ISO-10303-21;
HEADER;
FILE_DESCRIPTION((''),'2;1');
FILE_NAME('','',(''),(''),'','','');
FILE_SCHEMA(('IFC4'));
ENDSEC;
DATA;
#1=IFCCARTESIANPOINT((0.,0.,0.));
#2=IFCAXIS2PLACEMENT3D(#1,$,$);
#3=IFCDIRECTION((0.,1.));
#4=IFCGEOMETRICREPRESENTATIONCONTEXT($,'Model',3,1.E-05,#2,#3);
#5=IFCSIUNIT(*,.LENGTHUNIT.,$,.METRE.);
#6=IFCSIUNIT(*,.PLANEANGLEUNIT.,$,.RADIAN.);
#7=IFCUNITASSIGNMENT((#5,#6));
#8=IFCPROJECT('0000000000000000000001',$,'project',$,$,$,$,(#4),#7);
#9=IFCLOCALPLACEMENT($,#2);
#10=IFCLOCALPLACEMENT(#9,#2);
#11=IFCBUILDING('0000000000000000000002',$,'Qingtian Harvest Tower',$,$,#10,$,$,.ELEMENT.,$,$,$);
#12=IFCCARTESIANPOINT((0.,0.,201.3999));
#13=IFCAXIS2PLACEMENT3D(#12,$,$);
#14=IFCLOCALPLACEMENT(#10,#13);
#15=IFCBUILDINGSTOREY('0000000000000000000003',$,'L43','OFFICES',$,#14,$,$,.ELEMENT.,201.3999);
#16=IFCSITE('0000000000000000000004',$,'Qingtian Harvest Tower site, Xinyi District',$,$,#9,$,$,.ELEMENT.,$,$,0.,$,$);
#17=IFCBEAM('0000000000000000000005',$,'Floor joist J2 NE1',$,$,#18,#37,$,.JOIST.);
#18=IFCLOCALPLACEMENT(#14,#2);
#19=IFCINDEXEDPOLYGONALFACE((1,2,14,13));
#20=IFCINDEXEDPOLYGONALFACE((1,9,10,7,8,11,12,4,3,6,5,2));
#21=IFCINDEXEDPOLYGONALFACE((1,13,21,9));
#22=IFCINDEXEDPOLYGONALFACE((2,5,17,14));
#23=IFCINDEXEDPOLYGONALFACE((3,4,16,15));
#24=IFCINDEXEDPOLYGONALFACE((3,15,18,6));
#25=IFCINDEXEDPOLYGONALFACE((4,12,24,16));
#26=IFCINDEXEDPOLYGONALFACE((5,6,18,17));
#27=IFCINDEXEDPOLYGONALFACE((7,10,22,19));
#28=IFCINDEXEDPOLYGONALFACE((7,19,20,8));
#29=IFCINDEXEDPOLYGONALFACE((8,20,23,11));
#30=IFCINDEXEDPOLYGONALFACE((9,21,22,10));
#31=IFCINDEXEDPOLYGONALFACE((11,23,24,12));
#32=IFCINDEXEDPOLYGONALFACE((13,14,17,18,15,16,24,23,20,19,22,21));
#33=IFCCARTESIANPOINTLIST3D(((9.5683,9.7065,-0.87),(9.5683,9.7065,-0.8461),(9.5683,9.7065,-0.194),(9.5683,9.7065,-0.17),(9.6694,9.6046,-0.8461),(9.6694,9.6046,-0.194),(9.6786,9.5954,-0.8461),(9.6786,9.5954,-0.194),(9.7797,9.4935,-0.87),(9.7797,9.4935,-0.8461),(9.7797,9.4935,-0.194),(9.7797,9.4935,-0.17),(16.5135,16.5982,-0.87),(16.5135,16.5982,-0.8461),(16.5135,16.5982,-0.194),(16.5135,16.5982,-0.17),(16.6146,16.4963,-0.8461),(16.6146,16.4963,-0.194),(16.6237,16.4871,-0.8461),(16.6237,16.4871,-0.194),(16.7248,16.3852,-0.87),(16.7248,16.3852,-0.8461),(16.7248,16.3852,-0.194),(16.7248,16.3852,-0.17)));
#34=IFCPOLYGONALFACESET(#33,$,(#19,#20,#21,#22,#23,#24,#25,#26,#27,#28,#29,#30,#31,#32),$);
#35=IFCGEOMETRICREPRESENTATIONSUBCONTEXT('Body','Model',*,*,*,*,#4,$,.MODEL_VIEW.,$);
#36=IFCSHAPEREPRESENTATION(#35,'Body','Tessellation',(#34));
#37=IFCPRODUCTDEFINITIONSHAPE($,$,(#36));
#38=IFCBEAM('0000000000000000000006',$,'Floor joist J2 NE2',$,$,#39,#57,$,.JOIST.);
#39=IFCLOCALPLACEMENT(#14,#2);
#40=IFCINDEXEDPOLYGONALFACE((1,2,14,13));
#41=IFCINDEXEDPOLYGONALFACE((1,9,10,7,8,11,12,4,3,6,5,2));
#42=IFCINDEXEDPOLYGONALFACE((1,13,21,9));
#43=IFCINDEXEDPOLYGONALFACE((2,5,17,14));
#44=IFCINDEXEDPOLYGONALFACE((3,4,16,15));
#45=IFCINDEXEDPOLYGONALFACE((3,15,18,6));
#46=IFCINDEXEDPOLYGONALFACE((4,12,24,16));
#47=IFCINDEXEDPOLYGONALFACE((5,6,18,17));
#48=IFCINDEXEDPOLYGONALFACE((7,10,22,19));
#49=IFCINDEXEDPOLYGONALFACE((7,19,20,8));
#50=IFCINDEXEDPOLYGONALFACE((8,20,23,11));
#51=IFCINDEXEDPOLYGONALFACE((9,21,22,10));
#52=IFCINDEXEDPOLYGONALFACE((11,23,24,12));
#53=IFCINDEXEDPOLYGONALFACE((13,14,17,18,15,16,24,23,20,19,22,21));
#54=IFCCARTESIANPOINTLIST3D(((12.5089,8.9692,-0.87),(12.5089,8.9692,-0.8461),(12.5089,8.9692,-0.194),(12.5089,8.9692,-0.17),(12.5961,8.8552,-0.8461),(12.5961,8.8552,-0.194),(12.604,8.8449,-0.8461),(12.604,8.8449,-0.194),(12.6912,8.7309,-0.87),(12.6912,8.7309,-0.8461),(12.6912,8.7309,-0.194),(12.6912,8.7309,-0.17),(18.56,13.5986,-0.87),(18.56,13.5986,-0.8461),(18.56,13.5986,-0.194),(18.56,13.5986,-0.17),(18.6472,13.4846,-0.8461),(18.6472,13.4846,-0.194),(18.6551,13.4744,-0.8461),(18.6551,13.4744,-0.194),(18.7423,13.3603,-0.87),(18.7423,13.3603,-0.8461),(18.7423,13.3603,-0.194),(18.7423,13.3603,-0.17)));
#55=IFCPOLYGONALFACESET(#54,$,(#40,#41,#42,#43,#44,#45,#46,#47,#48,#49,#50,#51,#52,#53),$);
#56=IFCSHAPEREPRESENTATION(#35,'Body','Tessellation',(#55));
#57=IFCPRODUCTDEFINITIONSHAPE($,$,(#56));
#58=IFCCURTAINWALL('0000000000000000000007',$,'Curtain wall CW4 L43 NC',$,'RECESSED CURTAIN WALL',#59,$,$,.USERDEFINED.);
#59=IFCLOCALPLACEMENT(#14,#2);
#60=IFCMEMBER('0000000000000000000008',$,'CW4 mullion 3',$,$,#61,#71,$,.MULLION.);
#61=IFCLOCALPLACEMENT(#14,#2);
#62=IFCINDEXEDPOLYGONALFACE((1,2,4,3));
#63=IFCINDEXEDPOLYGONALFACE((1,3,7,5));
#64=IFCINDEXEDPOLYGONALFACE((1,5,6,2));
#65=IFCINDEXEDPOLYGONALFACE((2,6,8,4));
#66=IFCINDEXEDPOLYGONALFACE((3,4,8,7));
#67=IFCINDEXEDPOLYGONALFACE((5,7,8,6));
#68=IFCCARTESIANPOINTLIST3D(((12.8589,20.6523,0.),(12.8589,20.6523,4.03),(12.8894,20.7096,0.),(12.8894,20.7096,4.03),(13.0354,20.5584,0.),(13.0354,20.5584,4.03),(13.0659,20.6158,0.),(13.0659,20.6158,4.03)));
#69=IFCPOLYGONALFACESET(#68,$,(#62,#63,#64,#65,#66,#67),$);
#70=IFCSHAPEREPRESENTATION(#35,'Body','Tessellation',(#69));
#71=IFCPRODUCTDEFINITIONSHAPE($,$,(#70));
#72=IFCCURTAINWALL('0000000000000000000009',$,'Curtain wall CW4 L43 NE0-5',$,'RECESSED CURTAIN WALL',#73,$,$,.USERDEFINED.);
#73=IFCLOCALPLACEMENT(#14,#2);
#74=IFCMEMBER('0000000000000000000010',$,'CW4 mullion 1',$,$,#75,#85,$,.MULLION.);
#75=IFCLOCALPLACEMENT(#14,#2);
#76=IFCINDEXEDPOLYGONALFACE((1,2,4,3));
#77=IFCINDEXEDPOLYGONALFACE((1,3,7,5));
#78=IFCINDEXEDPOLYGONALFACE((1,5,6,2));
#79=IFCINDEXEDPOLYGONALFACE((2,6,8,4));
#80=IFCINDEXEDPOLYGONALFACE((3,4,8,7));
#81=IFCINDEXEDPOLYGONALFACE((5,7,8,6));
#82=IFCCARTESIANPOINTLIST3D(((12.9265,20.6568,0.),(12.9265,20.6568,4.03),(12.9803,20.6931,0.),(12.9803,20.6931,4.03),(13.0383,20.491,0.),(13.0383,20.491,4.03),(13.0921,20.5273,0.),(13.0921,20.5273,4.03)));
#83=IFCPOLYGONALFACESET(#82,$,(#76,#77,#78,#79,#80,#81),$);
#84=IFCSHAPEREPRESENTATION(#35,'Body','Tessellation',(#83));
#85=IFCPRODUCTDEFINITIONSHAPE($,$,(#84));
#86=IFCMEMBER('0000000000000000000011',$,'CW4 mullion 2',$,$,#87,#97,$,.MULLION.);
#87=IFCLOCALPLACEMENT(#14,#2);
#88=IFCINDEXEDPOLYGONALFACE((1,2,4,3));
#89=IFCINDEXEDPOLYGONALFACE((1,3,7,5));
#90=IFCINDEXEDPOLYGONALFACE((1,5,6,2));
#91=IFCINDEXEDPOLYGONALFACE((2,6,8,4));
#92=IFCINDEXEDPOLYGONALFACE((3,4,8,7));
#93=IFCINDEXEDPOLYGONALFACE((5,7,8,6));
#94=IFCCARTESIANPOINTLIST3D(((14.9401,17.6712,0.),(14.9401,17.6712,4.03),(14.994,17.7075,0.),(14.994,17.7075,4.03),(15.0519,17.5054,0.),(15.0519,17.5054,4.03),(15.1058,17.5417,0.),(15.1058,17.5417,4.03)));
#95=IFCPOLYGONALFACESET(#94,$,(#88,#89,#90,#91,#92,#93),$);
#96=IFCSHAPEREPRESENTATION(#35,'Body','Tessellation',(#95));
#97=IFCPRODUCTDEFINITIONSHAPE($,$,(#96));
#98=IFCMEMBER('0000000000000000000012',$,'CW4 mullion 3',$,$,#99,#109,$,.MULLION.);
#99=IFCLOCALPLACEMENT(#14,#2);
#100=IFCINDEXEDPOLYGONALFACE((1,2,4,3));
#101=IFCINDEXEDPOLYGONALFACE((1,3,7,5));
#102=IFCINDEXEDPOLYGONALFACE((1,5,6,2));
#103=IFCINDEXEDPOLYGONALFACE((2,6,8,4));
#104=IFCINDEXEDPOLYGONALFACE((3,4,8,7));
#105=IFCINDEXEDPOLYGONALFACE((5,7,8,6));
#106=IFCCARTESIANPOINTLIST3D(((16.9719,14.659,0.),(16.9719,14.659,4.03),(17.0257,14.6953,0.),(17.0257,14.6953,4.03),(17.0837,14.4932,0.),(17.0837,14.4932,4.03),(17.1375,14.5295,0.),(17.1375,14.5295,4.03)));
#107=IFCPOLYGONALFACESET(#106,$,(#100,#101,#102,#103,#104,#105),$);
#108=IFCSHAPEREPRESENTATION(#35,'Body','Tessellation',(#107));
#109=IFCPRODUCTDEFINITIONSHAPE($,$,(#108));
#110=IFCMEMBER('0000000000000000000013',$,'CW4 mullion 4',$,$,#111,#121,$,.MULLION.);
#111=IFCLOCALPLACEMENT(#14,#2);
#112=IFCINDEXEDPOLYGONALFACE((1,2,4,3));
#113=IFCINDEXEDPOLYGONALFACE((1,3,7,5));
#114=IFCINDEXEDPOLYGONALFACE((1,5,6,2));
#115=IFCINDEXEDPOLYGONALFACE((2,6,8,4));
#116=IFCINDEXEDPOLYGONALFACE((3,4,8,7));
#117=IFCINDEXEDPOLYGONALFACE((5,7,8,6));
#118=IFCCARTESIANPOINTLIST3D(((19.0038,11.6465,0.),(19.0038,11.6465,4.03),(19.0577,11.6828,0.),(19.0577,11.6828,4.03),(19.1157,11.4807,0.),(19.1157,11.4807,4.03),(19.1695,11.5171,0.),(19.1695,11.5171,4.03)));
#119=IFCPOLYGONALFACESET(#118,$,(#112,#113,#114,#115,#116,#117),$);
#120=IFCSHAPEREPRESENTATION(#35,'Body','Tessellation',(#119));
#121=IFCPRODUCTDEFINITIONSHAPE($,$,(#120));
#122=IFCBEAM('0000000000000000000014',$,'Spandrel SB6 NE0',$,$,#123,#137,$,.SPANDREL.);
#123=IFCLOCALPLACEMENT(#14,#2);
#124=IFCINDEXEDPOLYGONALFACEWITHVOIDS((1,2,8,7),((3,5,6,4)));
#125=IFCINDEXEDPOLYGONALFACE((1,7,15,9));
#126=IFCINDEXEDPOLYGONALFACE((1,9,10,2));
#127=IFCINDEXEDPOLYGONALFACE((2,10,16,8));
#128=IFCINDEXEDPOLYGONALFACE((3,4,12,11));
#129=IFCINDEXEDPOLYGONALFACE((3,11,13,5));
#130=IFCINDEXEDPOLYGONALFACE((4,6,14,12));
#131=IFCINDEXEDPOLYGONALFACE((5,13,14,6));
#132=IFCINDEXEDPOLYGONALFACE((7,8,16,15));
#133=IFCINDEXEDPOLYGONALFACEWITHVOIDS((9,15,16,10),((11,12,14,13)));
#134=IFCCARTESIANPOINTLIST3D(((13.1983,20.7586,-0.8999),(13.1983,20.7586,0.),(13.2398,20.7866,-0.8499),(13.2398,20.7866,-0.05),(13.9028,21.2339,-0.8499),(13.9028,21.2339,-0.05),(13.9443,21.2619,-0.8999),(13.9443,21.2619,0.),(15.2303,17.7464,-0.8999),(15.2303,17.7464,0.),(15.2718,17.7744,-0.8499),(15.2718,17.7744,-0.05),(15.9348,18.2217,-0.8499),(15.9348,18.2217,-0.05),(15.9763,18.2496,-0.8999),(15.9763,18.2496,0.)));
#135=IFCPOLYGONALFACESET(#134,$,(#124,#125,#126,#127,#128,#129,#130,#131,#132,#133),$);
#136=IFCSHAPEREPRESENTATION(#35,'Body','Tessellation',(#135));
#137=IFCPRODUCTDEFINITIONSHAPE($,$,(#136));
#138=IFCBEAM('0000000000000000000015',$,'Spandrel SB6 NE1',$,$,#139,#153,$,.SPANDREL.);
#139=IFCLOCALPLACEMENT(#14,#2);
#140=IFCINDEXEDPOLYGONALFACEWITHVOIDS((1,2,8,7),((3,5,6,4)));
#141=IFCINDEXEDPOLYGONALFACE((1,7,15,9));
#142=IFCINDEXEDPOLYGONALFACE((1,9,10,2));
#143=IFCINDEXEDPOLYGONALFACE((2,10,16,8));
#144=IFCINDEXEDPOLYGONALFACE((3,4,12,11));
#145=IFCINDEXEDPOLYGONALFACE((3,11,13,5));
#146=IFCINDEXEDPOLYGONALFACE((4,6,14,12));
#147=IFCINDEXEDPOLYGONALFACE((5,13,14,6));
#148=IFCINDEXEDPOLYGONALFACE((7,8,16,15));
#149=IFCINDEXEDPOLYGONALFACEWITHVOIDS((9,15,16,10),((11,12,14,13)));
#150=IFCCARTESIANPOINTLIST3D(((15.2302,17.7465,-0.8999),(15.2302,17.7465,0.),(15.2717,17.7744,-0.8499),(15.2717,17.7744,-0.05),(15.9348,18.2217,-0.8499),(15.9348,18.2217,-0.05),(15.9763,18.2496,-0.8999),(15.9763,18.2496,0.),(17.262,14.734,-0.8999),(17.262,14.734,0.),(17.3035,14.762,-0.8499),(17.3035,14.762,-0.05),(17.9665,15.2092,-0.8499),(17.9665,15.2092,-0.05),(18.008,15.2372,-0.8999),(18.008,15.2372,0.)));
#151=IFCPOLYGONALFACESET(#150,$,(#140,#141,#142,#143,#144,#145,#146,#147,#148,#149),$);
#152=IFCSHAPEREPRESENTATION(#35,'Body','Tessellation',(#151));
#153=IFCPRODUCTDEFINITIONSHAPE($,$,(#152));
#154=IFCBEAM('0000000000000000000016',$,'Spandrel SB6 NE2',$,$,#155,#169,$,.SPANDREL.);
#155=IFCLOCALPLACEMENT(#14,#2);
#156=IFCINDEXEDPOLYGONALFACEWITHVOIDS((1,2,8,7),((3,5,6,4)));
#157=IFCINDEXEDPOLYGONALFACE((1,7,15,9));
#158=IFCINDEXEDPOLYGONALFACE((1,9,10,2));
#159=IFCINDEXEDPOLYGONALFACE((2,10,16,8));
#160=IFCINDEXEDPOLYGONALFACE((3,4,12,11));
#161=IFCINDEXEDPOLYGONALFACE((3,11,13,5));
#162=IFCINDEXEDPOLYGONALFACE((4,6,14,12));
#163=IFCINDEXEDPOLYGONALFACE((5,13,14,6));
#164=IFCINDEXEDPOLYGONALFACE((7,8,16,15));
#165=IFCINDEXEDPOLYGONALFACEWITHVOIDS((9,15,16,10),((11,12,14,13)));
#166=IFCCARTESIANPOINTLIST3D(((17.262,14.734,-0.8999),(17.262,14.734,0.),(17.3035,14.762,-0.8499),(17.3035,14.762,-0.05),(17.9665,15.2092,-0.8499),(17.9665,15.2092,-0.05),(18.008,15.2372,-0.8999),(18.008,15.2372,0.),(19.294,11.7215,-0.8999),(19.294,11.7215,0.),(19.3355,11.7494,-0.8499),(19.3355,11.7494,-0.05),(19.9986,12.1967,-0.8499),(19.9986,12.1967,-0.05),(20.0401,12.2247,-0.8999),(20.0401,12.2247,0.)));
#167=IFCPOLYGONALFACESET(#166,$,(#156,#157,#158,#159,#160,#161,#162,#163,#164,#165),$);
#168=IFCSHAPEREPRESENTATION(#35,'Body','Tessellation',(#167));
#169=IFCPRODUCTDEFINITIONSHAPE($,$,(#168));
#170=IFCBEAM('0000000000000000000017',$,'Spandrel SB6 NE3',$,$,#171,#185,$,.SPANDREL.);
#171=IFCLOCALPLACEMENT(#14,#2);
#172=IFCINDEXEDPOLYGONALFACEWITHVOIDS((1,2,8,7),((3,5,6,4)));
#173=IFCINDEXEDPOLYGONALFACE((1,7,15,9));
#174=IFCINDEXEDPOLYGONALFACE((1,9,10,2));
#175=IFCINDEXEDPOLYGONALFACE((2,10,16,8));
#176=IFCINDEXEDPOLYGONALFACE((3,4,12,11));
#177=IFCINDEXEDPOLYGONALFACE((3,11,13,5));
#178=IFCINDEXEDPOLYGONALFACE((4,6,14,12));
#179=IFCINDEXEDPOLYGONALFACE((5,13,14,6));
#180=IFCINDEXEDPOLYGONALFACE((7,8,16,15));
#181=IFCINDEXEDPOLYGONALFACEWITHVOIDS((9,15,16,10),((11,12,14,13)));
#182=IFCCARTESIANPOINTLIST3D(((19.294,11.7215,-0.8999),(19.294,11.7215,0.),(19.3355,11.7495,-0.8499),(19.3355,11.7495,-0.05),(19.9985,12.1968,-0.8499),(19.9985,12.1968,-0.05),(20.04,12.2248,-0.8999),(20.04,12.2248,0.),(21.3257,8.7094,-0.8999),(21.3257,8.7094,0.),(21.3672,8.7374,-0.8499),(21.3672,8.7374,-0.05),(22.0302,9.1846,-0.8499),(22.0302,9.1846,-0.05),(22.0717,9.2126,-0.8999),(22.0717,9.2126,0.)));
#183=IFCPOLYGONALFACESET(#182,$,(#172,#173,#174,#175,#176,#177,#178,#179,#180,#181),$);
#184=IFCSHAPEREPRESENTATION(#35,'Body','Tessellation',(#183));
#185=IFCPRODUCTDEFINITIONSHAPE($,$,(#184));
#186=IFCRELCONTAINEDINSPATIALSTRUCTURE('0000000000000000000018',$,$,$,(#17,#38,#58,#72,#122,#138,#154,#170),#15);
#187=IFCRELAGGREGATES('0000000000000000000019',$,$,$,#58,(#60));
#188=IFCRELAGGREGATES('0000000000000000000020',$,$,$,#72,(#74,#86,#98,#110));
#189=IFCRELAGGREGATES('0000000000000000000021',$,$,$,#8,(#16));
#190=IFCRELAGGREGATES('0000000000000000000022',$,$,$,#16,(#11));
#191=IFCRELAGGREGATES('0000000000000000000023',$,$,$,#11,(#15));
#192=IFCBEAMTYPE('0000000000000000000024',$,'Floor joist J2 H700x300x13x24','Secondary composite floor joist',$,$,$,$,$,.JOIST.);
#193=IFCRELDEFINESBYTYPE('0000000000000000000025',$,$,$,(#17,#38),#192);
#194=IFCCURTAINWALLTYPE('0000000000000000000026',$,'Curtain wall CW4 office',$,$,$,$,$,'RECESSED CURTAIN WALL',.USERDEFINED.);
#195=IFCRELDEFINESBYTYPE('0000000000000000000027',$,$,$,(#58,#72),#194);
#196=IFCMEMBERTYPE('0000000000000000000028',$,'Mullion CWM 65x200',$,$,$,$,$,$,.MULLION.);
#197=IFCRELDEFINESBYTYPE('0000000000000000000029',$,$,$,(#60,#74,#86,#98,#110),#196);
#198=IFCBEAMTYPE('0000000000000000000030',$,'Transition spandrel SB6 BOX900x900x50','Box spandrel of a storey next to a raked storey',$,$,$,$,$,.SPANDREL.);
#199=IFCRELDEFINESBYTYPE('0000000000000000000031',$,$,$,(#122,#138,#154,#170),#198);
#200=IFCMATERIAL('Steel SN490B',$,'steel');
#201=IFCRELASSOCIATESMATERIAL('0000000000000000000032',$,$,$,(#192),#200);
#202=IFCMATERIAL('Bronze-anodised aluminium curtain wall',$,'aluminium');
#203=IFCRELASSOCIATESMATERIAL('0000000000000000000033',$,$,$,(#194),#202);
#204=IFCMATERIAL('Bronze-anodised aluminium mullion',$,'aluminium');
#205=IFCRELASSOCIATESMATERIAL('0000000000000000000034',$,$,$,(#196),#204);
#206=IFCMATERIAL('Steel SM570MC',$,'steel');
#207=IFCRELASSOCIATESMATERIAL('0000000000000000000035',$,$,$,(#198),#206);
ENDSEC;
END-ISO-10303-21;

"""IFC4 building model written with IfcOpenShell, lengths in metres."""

from ifc_helpers import new_model, si_unit, direction, frame, origin, origin_2d, place, context, subcontext, project, spatial, rectangle, hollow_rectangle, i_section, extrude, material, material_profile, profile_set, type_object, element, aggregate, save


model = new_model("IFC4")

# Units and contexts
model_context = context("Model", 3, precision=1e-05, world=origin(), true_north=direction((0.0, 1.0)))
body_context = subcontext(model_context, "Body", "Model", "MODEL_VIEW")
ifc_project = project(units=[si_unit("LENGTHUNIT", "METRE"), si_unit("PLANEANGLEUNIT", "RADIAN")], contexts=[model_context])

# Site, building, storey
site_placement = place(None, origin())
site = spatial("IfcSite", under=ifc_project, at=site_placement, Name="Qingtian Harvest Tower site, Xinyi District", CompositionType="ELEMENT", RefElevation=0.0)
building_placement = place(site_placement, origin())
building = spatial("IfcBuilding", under=site, at=building_placement, Name="Qingtian Harvest Tower", CompositionType="ELEMENT")
storey_placement = place(building_placement, frame((0.0, 0.0, 201.3999)))
storey = spatial("IfcBuildingStorey", under=building, at=storey_placement, Name="L43", Description="OFFICES", CompositionType="ELEMENT", Elevation=201.3999)

# Beams
ifc_material_1 = material(Name="Steel SN490B", Category="steel")
ifc_material_profile_1 = material_profile(ifc_material_1, i_section(OverallWidth=0.3, OverallDepth=0.7, WebThickness=0.0129, FlangeThickness=0.0239, at=origin_2d()), Name="H700x300x13x24")
ifc_profile_set_1 = profile_set([ifc_material_profile_1], Name="Steel SN490B")
beam_type_1 = type_object("IfcBeamType", Name="Floor joist J2 H700x300x13x24", Description="Secondary composite floor joist", PredefinedType="JOIST", material=ifc_profile_set_1)
beam_1_placement = place(storey_placement, frame((16.6191, 16.4917, -0.52), z_axis=(-0.709834, -0.704369, 0.0), x_axis=(0.704369, -0.709834, 0.0)))
element("IfcBeam", 1, at=beam_1_placement, inside=storey, type_object=beam_type_1, Name="Floor joist J2 NE1", PredefinedType="JOIST", context=body_context, shape_type="SweptSolid", body=[
    extrude(i_section(OverallWidth=0.3, OverallDepth=0.7, WebThickness=0.0129, FlangeThickness=0.0239, at=origin_2d()), origin(), (0.0, 0.0, 1.0), 9.7842),
])
beam_2_placement = place(storey_placement, frame((18.6511, 13.4795, -0.52), z_axis=(-0.794222, -0.607627, 0.0), x_axis=(0.607627, -0.794222, 0.0)))
element("IfcBeam", 2, at=beam_2_placement, inside=storey, type_object=beam_type_1, Name="Floor joist J2 NE2", PredefinedType="JOIST", context=body_context, shape_type="SweptSolid", body=[
    extrude(i_section(OverallWidth=0.3, OverallDepth=0.7, WebThickness=0.0129, FlangeThickness=0.0239, at=origin_2d()), origin(), (0.0, 0.0, 1.0), 7.6189),
])

# Curtain wall, member
ifc_material_2 = material(Name="Bronze-anodised aluminium curtain wall", Category="aluminium")
curtain_wall_type = type_object("IfcCurtainWallType", Name="Curtain wall CW4 office", ElementType="RECESSED CURTAIN WALL", PredefinedType="USERDEFINED", material=ifc_material_2)
curtain_wall_1_placement = place(storey_placement, origin())
curtain_wall_1 = element("IfcCurtainWall", 3, at=curtain_wall_1_placement, inside=storey, type_object=curtain_wall_type, Name="Curtain wall CW4 L43 NC", ObjectType="RECESSED CURTAIN WALL", PredefinedType="USERDEFINED")
ifc_material_3 = material(Name="Bronze-anodised aluminium mullion", Category="aluminium")
ifc_material_profile_2 = material_profile(ifc_material_3, rectangle(XDim=0.0649, YDim=0.2, at=origin_2d()), Name="AL 65x200")
ifc_profile_set_2 = profile_set([ifc_material_profile_2], Name="Bronze-anodised aluminium mullion")
member_type_1 = type_object("IfcMemberType", Name="Mullion CWM 65x200", PredefinedType="MULLION", material=ifc_profile_set_2)
member_1_placement = place(storey_placement, frame((12.9624, 20.634, 0.0), z_axis=(0.0, 0.0, 1.0), x_axis=(0.469472, 0.882948, 0.0)))
member_1 = element("IfcMember", 4, at=member_1_placement, type_object=member_type_1, Name="CW4 mullion 3", PredefinedType="MULLION", context=body_context, shape_type="SweptSolid", body=[
    extrude(rectangle(XDim=0.0649, YDim=0.2, at=origin_2d()), origin(), (0.0, 0.0, 1.0), 4.03),
])

# Curtain wall, members
curtain_wall_2_placement = place(storey_placement, origin())
curtain_wall_2 = element("IfcCurtainWall", 5, at=curtain_wall_2_placement, inside=storey, type_object=curtain_wall_type, Name="Curtain wall CW4 L43 NE0-5", ObjectType="RECESSED CURTAIN WALL", PredefinedType="USERDEFINED")
member_2_placement = place(storey_placement, frame((13.0093, 20.592, 0.0), z_axis=(0.0, 0.0, 1.0), x_axis=(0.829038, 0.559193, 0.0)))
member_2 = element("IfcMember", 6, at=member_2_placement, type_object=member_type_1, Name="CW4 mullion 1", PredefinedType="MULLION", context=body_context, shape_type="SweptSolid", body=[
    extrude(rectangle(XDim=0.0649, YDim=0.2, at=origin_2d()), origin(), (0.0, 0.0, 1.0), 4.03),
])
member_3_placement = place(storey_placement, frame((15.0229, 17.6064, 0.0), z_axis=(0.0, 0.0, 1.0), x_axis=(0.829038, 0.559193, 0.0)))
member_3 = element("IfcMember", 7, at=member_3_placement, type_object=member_type_1, Name="CW4 mullion 2", PredefinedType="MULLION", context=body_context, shape_type="SweptSolid", body=[
    extrude(rectangle(XDim=0.0649, YDim=0.2, at=origin_2d()), origin(), (0.0, 0.0, 1.0), 4.03),
])
member_4_placement = place(storey_placement, frame((17.0547, 14.5942, 0.0), z_axis=(0.0, 0.0, 1.0), x_axis=(0.829038, 0.559193, 0.0)))
member_4 = element("IfcMember", 8, at=member_4_placement, type_object=member_type_1, Name="CW4 mullion 3", PredefinedType="MULLION", context=body_context, shape_type="SweptSolid", body=[
    extrude(rectangle(XDim=0.0649, YDim=0.2, at=origin_2d()), origin(), (0.0, 0.0, 1.0), 4.03),
])
member_5_placement = place(storey_placement, frame((19.0867, 11.5818, 0.0), z_axis=(0.0, 0.0, 1.0), x_axis=(0.829038, 0.559193, 0.0)))
member_5 = element("IfcMember", 9, at=member_5_placement, type_object=member_type_1, Name="CW4 mullion 4", PredefinedType="MULLION", context=body_context, shape_type="SweptSolid", body=[
    extrude(rectangle(XDim=0.0649, YDim=0.2, at=origin_2d()), origin(), (0.0, 0.0, 1.0), 4.03),
])

# Beams
ifc_material_4 = material(Name="Steel SM570MC", Category="steel")
ifc_material_profile_3 = material_profile(ifc_material_4, hollow_rectangle(XDim=0.8999, YDim=0.8999, WallThickness=0.05, at=origin_2d()), Name="BOX900x900x50")
ifc_profile_set_3 = profile_set([ifc_material_profile_3], Name="Steel SM570MC")
beam_type_2 = type_object("IfcBeamType", Name="Transition spandrel SB6 BOX900x900x50", Description="Box spandrel of a storey next to a raked storey", PredefinedType="SPANDREL", material=ifc_profile_set_3)
for number, where, z_axis, x_axis, name in (
    (10, (13.5713, 21.0103, -0.45), (0.559235, -0.829009, 0.0), (0.829009, 0.559235, 0.0), "Spandrel SB6 NE0"),
    (11, (15.6033, 17.998, -0.45), (0.559158, -0.829061, 0.0), (0.829061, 0.559158, 0.0), "Spandrel SB6 NE1"),
):
    element("IfcBeam", number, at=place(storey_placement, frame(where, z_axis=z_axis, x_axis=x_axis)), inside=storey, type_object=beam_type_2, Name=name, PredefinedType="SPANDREL", context=body_context, shape_type="SweptSolid", body=[
        extrude(hollow_rectangle(XDim=0.8999, YDim=0.8999, WallThickness=0.05, at=origin_2d()), origin(), (0.0, 0.0, 1.0), 3.6335),
    ])
beam_3_placement = place(storey_placement, frame((17.635, 14.9856, -0.45), z_axis=(0.559204, -0.82903, 0.0), x_axis=(0.82903, 0.559204, 0.0)))
element("IfcBeam", 12, at=beam_3_placement, inside=storey, type_object=beam_type_2, Name="Spandrel SB6 NE2", PredefinedType="SPANDREL", context=body_context, shape_type="SweptSolid", body=[
    extrude(hollow_rectangle(XDim=0.8999, YDim=0.8999, WallThickness=0.05, at=origin_2d()), origin(), (0.0, 0.0, 1.0), 3.6338),
])
beam_4_placement = place(storey_placement, frame((19.667, 11.9731, -0.45), z_axis=(0.559189, -0.82904, 0.0), x_axis=(0.82904, 0.559189, 0.0)))
element("IfcBeam", 13, at=beam_4_placement, inside=storey, type_object=beam_type_2, Name="Spandrel SB6 NE3", PredefinedType="SPANDREL", context=body_context, shape_type="SweptSolid", body=[
    extrude(hollow_rectangle(XDim=0.8999, YDim=0.8999, WallThickness=0.05, at=origin_2d()), origin(), (0.0, 0.0, 1.0), 3.6333),
])

aggregate(curtain_wall_1, [member_1])
aggregate(curtain_wall_2, [member_2, member_3, member_4, member_5])

save(model, "model.ifc")
